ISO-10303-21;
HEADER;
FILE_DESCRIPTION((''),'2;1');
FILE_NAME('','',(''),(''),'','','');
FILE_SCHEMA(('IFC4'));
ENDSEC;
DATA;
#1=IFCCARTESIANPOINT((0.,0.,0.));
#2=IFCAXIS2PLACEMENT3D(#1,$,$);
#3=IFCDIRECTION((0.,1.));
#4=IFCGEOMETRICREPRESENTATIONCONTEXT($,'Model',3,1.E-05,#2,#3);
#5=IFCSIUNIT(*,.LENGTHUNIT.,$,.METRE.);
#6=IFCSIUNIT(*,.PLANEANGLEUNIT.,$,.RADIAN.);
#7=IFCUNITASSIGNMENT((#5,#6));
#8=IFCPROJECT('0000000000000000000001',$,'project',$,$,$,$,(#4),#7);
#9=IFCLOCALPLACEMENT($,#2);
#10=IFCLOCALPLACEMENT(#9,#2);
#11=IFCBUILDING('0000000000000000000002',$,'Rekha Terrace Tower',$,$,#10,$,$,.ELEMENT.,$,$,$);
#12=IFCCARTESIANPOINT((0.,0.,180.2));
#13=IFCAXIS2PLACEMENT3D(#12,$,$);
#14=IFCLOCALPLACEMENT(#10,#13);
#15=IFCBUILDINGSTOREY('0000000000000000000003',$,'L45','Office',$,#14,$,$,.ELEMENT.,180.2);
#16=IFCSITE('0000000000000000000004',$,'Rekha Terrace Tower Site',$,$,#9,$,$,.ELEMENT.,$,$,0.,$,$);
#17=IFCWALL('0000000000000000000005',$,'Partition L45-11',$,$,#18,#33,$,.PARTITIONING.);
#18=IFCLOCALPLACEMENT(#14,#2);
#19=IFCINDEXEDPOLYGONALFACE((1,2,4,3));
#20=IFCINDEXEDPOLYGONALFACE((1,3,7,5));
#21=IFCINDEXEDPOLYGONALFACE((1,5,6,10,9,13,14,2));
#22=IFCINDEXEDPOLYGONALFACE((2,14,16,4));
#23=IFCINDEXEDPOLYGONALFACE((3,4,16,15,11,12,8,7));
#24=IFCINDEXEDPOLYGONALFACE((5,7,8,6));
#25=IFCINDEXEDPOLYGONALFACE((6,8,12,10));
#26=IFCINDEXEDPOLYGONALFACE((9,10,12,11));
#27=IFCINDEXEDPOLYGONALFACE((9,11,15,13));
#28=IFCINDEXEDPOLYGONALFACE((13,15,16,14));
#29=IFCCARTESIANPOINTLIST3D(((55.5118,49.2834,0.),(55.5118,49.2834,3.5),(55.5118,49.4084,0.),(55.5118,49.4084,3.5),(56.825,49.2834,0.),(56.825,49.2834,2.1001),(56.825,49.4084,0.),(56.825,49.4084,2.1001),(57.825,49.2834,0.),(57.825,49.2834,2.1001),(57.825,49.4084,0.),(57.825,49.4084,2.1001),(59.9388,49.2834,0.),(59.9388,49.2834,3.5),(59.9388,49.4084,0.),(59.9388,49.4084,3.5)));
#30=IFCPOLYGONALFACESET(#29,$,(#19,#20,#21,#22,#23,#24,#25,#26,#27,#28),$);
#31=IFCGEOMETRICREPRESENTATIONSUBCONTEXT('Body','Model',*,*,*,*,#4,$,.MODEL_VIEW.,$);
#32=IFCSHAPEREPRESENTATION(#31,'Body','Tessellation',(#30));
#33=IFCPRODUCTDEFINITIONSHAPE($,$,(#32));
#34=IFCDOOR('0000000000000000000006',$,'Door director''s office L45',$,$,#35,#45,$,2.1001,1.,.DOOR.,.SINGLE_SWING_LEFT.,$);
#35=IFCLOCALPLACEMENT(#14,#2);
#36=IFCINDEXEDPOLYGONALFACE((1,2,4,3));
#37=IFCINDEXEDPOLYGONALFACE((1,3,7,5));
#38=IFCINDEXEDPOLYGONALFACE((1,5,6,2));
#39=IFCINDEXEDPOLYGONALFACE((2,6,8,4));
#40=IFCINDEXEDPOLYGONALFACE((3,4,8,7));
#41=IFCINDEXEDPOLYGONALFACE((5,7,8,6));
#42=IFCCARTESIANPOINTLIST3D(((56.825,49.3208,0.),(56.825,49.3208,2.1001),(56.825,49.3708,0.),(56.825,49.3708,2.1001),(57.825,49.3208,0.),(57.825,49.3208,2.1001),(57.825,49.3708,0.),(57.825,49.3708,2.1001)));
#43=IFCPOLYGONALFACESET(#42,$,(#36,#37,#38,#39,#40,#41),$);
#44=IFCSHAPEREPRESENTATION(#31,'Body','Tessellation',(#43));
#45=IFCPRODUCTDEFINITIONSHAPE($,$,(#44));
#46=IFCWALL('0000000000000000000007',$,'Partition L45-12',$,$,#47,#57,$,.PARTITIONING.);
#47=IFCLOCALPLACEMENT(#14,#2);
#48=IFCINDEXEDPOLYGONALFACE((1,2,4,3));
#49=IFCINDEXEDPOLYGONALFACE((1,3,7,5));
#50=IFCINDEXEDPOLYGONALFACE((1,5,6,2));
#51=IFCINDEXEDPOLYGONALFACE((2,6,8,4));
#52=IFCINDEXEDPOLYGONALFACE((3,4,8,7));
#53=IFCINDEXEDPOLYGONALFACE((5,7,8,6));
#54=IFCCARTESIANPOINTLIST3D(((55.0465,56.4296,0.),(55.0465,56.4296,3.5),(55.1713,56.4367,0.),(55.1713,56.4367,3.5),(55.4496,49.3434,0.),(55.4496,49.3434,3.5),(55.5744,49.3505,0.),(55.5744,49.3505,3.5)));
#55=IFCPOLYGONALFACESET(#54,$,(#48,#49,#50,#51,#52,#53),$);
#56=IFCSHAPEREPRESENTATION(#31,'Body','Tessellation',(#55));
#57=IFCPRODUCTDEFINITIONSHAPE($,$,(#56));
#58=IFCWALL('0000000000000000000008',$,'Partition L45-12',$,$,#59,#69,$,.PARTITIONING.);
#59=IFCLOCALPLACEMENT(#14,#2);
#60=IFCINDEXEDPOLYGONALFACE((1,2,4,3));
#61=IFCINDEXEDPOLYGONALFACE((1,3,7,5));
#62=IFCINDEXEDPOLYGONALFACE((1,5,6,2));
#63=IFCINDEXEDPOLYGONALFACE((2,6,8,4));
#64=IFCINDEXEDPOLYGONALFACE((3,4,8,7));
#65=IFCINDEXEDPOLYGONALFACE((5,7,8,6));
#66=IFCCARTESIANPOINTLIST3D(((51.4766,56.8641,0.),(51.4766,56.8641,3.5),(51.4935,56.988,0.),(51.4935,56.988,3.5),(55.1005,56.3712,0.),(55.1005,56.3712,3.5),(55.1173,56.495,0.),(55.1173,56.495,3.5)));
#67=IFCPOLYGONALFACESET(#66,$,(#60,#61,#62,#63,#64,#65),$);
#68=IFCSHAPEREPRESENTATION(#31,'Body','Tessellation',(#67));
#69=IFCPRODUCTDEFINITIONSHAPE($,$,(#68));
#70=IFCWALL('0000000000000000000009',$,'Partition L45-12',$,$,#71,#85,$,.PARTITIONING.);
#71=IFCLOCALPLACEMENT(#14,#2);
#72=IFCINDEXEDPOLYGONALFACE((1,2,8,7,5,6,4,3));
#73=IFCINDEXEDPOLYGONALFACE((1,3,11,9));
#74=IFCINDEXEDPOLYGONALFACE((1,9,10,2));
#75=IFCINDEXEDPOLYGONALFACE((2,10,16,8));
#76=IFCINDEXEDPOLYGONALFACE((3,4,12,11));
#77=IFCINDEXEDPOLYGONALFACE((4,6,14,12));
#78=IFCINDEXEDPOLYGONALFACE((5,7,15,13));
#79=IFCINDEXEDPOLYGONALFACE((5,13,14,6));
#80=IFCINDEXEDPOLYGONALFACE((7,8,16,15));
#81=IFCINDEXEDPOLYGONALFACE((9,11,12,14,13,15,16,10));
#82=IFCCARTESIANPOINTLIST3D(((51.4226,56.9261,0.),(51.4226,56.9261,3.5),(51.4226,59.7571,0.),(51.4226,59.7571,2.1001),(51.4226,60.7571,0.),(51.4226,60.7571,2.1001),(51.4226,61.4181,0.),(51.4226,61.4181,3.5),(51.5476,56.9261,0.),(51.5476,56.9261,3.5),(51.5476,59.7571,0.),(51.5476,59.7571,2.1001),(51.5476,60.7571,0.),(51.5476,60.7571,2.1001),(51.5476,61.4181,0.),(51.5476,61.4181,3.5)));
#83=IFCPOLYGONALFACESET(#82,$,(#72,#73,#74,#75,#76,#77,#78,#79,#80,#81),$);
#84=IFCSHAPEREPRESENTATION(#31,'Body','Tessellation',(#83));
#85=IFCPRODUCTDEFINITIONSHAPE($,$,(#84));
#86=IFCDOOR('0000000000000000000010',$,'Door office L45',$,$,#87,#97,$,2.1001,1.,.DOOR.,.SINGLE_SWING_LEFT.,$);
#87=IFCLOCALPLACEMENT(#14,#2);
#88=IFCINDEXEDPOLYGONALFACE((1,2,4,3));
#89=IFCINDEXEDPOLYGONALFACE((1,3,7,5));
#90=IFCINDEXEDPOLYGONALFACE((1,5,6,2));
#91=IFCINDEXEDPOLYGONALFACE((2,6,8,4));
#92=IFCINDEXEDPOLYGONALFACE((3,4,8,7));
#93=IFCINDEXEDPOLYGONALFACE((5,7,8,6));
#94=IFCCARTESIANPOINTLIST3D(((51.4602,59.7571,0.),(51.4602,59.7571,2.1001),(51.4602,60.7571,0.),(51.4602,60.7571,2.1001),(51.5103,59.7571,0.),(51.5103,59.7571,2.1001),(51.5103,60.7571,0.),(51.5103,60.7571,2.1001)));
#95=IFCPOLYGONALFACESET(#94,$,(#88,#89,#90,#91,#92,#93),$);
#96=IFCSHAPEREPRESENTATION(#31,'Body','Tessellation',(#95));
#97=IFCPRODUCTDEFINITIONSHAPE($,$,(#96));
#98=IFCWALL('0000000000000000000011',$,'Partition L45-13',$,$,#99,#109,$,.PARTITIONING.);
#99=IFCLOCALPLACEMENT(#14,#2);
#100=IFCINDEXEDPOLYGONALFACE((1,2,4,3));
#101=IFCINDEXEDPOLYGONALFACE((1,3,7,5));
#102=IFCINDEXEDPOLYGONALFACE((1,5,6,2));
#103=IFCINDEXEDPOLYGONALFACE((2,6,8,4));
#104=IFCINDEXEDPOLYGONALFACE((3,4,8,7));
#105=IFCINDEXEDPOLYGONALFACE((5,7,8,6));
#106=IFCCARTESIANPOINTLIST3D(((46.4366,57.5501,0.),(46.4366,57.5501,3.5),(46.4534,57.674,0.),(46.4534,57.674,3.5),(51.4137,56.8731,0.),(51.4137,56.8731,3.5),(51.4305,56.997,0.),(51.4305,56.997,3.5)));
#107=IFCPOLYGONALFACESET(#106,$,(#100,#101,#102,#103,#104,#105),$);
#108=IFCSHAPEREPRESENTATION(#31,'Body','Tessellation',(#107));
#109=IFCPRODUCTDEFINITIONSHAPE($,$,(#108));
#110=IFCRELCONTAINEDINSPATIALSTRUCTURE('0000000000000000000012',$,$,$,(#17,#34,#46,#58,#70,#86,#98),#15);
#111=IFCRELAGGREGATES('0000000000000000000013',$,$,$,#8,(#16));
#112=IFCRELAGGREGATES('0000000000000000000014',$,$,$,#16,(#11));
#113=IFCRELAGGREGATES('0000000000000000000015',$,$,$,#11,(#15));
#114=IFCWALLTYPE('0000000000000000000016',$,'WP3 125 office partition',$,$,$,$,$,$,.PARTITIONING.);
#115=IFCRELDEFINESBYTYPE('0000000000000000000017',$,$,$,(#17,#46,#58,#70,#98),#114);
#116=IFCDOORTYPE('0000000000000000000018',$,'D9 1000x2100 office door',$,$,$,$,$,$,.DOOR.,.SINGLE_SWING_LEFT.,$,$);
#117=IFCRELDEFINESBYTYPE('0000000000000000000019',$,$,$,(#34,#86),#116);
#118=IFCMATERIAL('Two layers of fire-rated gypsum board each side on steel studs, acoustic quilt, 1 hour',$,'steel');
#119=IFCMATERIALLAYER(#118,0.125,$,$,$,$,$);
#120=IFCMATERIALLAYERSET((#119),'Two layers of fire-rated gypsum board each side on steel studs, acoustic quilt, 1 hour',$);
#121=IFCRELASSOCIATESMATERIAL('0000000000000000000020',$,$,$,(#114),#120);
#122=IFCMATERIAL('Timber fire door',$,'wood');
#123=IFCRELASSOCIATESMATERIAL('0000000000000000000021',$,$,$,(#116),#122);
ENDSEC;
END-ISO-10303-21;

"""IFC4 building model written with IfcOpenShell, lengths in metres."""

from ifc_helpers import new_model, si_unit, direction, frame, frame_2d, origin, place, context, subcontext, project, spatial, rectangle, extrude, material, layer, layer_set, type_object, element, fill, save


model = new_model("IFC4")

# Units and contexts
model_context = context("Model", 3, precision=1e-05, world=origin(), true_north=direction((0.0, 1.0)))
body_context = subcontext(model_context, "Body", "Model", "MODEL_VIEW")
ifc_project = project(units=[si_unit("LENGTHUNIT", "METRE"), si_unit("PLANEANGLEUNIT", "RADIAN")], contexts=[model_context])

# Site, building, storey
site_placement = place(None, origin())
site = spatial("IfcSite", under=ifc_project, at=site_placement, Name="Rekha Terrace Tower Site", CompositionType="ELEMENT", RefElevation=0.0)
building_placement = place(site_placement, origin())
building = spatial("IfcBuilding", under=site, at=building_placement, Name="Rekha Terrace Tower", CompositionType="ELEMENT")
storey_placement = place(building_placement, frame((0.0, 0.0, 180.2)))
storey = spatial("IfcBuildingStorey", under=building, at=storey_placement, Name="L45", Description="Office", CompositionType="ELEMENT", Elevation=180.2)

# Wall, opening, door
ifc_material_1 = material(Name="Two layers of fire-rated gypsum board each side on steel studs, acoustic quilt, 1 hour", Category="steel")
ifc_layer_1 = layer(ifc_material_1, 0.125)
ifc_layer_set_1 = layer_set([ifc_layer_1], Name="Two layers of fire-rated gypsum board each side on steel studs, acoustic quilt, 1 hour")
wall_type = type_object("IfcWallType", Name="WP3 125 office partition", PredefinedType="PARTITIONING", material=ifc_layer_set_1)
wall_1_placement = place(storey_placement, frame((55.512, 49.3459, 0.0), z_axis=(0.0, 0.0, 1.0), x_axis=(1.0, 0.0, 0.0)))
wall_1 = element("IfcWall", 1, at=wall_1_placement, inside=storey, type_object=wall_type, Name="Partition L45-11", PredefinedType="PARTITIONING", context=body_context, shape_type="SweptSolid", body=[
    extrude(rectangle(XDim=4.427, YDim=0.125, at=frame_2d((2.2134, 0.0))), origin(), (0.0, 0.0, 1.0), 3.5),
])
opening_1_placement = place(wall_1_placement, frame((1.313, 0.0, 0.0)))
opening_1 = element("IfcOpeningElement", 2, at=opening_1_placement, cuts=wall_1, PredefinedType="OPENING", context=body_context, shape_type="SweptSolid", body=[
    extrude(rectangle(XDim=1.0, YDim=2.1001, at=frame_2d((0.5, 1.05))), frame((0.0, 0.0725, 0.0), z_axis=(0.0, -1.0, 0.0), x_axis=(1.0, 0.0, 0.0)), (0.0, 0.0, 1.0), 0.145),
])
ifc_material_2 = material(Name="Timber fire door", Category="wood")
door_type = type_object("IfcDoorType", Name="D9 1000x2100 office door", OperationType="SINGLE_SWING_LEFT", PredefinedType="DOOR", material=ifc_material_2)
door_1_placement = place(opening_1_placement, origin())
door_1 = element("IfcDoor", 3, at=door_1_placement, inside=storey, type_object=door_type, Name="Door director's office L45", OperationType="SINGLE_SWING_LEFT", OverallHeight=2.1001, OverallWidth=1.0, PredefinedType="DOOR", context=body_context, shape_type="SweptSolid", body=[
    extrude(rectangle(XDim=1.0, YDim=2.1001, at=frame_2d((0.5, 1.05))), frame((0.0, 0.0249, 0.0), z_axis=(0.0, -1.0, 0.0), x_axis=(1.0, 0.0, 0.0)), (0.0, 0.0, 1.0), 0.05),
])
fill(opening_1, door_1)

# Walls
wall_2_placement = place(storey_placement, frame((55.512, 49.3469, 0.0), z_axis=(0.0, 0.0, 1.0), x_axis=(-0.05679, 0.998386, 0.0)))
element("IfcWall", 4, at=wall_2_placement, inside=storey, type_object=wall_type, Name="Partition L45-12", PredefinedType="PARTITIONING", context=body_context, shape_type="SweptSolid", body=[
    extrude(rectangle(XDim=7.0977, YDim=0.125, at=frame_2d((3.5488, 0.0))), origin(), (0.0, 0.0, 1.0), 3.5),
])
wall_3_placement = place(storey_placement, frame((55.1089, 56.4331, 0.0), z_axis=(0.0, 0.0, 1.0), x_axis=(-0.990875, 0.134783, 0.0)))
element("IfcWall", 5, at=wall_3_placement, inside=storey, type_object=wall_type, Name="Partition L45-12", PredefinedType="PARTITIONING", context=body_context, shape_type="SweptSolid", body=[
    extrude(rectangle(XDim=3.6572, YDim=0.125, at=frame_2d((1.8286, 0.0))), origin(), (0.0, 0.0, 1.0), 3.5),
])

# Wall, opening, door
wall_4_placement = place(storey_placement, frame((51.4851, 56.926, 0.0), z_axis=(0.0, 0.0, 1.0), x_axis=(0.0, 1.0, 0.0)))
wall_4 = element("IfcWall", 6, at=wall_4_placement, inside=storey, type_object=wall_type, Name="Partition L45-12", PredefinedType="PARTITIONING", context=body_context, shape_type="SweptSolid", body=[
    extrude(rectangle(XDim=4.4919, YDim=0.125, at=frame_2d((2.2461, 0.0))), origin(), (0.0, 0.0, 1.0), 3.5),
])
opening_2_placement = place(wall_4_placement, frame((2.8311, 0.0, 0.0)))
opening_2 = element("IfcOpeningElement", 7, at=opening_2_placement, cuts=wall_4, PredefinedType="OPENING", context=body_context, shape_type="SweptSolid", body=[
    extrude(rectangle(XDim=1.0, YDim=2.1001, at=frame_2d((0.5, 1.05))), frame((0.0, 0.0725, 0.0), z_axis=(0.0, -1.0, 0.0), x_axis=(1.0, 0.0, 0.0)), (0.0, 0.0, 1.0), 0.145),
])
door_2_placement = place(opening_2_placement, origin())
door_2 = element("IfcDoor", 8, at=door_2_placement, inside=storey, type_object=door_type, Name="Door office L45", OperationType="SINGLE_SWING_LEFT", OverallHeight=2.1001, OverallWidth=1.0, PredefinedType="DOOR", context=body_context, shape_type="SweptSolid", body=[
    extrude(rectangle(XDim=1.0, YDim=2.1001, at=frame_2d((0.5, 1.05))), frame((0.0, 0.0249, 0.0), z_axis=(0.0, -1.0, 0.0), x_axis=(1.0, 0.0, 0.0)), (0.0, 0.0, 1.0), 0.05),
])
fill(opening_2, door_2)

# Wall
wall_5_placement = place(storey_placement, frame((51.4221, 56.9351, 0.0), z_axis=(0.0, 0.0, 1.0), x_axis=(-0.990875, 0.134784, 0.0)))
element("IfcWall", 9, at=wall_5_placement, inside=storey, type_object=wall_type, Name="Partition L45-13", PredefinedType="PARTITIONING", context=body_context, shape_type="SweptSolid", body=[
    extrude(rectangle(XDim=5.0229, YDim=0.125, at=frame_2d((2.5115, 0.0))), origin(), (0.0, 0.0, 1.0), 3.5),
])

save(model, "model.ifc")
